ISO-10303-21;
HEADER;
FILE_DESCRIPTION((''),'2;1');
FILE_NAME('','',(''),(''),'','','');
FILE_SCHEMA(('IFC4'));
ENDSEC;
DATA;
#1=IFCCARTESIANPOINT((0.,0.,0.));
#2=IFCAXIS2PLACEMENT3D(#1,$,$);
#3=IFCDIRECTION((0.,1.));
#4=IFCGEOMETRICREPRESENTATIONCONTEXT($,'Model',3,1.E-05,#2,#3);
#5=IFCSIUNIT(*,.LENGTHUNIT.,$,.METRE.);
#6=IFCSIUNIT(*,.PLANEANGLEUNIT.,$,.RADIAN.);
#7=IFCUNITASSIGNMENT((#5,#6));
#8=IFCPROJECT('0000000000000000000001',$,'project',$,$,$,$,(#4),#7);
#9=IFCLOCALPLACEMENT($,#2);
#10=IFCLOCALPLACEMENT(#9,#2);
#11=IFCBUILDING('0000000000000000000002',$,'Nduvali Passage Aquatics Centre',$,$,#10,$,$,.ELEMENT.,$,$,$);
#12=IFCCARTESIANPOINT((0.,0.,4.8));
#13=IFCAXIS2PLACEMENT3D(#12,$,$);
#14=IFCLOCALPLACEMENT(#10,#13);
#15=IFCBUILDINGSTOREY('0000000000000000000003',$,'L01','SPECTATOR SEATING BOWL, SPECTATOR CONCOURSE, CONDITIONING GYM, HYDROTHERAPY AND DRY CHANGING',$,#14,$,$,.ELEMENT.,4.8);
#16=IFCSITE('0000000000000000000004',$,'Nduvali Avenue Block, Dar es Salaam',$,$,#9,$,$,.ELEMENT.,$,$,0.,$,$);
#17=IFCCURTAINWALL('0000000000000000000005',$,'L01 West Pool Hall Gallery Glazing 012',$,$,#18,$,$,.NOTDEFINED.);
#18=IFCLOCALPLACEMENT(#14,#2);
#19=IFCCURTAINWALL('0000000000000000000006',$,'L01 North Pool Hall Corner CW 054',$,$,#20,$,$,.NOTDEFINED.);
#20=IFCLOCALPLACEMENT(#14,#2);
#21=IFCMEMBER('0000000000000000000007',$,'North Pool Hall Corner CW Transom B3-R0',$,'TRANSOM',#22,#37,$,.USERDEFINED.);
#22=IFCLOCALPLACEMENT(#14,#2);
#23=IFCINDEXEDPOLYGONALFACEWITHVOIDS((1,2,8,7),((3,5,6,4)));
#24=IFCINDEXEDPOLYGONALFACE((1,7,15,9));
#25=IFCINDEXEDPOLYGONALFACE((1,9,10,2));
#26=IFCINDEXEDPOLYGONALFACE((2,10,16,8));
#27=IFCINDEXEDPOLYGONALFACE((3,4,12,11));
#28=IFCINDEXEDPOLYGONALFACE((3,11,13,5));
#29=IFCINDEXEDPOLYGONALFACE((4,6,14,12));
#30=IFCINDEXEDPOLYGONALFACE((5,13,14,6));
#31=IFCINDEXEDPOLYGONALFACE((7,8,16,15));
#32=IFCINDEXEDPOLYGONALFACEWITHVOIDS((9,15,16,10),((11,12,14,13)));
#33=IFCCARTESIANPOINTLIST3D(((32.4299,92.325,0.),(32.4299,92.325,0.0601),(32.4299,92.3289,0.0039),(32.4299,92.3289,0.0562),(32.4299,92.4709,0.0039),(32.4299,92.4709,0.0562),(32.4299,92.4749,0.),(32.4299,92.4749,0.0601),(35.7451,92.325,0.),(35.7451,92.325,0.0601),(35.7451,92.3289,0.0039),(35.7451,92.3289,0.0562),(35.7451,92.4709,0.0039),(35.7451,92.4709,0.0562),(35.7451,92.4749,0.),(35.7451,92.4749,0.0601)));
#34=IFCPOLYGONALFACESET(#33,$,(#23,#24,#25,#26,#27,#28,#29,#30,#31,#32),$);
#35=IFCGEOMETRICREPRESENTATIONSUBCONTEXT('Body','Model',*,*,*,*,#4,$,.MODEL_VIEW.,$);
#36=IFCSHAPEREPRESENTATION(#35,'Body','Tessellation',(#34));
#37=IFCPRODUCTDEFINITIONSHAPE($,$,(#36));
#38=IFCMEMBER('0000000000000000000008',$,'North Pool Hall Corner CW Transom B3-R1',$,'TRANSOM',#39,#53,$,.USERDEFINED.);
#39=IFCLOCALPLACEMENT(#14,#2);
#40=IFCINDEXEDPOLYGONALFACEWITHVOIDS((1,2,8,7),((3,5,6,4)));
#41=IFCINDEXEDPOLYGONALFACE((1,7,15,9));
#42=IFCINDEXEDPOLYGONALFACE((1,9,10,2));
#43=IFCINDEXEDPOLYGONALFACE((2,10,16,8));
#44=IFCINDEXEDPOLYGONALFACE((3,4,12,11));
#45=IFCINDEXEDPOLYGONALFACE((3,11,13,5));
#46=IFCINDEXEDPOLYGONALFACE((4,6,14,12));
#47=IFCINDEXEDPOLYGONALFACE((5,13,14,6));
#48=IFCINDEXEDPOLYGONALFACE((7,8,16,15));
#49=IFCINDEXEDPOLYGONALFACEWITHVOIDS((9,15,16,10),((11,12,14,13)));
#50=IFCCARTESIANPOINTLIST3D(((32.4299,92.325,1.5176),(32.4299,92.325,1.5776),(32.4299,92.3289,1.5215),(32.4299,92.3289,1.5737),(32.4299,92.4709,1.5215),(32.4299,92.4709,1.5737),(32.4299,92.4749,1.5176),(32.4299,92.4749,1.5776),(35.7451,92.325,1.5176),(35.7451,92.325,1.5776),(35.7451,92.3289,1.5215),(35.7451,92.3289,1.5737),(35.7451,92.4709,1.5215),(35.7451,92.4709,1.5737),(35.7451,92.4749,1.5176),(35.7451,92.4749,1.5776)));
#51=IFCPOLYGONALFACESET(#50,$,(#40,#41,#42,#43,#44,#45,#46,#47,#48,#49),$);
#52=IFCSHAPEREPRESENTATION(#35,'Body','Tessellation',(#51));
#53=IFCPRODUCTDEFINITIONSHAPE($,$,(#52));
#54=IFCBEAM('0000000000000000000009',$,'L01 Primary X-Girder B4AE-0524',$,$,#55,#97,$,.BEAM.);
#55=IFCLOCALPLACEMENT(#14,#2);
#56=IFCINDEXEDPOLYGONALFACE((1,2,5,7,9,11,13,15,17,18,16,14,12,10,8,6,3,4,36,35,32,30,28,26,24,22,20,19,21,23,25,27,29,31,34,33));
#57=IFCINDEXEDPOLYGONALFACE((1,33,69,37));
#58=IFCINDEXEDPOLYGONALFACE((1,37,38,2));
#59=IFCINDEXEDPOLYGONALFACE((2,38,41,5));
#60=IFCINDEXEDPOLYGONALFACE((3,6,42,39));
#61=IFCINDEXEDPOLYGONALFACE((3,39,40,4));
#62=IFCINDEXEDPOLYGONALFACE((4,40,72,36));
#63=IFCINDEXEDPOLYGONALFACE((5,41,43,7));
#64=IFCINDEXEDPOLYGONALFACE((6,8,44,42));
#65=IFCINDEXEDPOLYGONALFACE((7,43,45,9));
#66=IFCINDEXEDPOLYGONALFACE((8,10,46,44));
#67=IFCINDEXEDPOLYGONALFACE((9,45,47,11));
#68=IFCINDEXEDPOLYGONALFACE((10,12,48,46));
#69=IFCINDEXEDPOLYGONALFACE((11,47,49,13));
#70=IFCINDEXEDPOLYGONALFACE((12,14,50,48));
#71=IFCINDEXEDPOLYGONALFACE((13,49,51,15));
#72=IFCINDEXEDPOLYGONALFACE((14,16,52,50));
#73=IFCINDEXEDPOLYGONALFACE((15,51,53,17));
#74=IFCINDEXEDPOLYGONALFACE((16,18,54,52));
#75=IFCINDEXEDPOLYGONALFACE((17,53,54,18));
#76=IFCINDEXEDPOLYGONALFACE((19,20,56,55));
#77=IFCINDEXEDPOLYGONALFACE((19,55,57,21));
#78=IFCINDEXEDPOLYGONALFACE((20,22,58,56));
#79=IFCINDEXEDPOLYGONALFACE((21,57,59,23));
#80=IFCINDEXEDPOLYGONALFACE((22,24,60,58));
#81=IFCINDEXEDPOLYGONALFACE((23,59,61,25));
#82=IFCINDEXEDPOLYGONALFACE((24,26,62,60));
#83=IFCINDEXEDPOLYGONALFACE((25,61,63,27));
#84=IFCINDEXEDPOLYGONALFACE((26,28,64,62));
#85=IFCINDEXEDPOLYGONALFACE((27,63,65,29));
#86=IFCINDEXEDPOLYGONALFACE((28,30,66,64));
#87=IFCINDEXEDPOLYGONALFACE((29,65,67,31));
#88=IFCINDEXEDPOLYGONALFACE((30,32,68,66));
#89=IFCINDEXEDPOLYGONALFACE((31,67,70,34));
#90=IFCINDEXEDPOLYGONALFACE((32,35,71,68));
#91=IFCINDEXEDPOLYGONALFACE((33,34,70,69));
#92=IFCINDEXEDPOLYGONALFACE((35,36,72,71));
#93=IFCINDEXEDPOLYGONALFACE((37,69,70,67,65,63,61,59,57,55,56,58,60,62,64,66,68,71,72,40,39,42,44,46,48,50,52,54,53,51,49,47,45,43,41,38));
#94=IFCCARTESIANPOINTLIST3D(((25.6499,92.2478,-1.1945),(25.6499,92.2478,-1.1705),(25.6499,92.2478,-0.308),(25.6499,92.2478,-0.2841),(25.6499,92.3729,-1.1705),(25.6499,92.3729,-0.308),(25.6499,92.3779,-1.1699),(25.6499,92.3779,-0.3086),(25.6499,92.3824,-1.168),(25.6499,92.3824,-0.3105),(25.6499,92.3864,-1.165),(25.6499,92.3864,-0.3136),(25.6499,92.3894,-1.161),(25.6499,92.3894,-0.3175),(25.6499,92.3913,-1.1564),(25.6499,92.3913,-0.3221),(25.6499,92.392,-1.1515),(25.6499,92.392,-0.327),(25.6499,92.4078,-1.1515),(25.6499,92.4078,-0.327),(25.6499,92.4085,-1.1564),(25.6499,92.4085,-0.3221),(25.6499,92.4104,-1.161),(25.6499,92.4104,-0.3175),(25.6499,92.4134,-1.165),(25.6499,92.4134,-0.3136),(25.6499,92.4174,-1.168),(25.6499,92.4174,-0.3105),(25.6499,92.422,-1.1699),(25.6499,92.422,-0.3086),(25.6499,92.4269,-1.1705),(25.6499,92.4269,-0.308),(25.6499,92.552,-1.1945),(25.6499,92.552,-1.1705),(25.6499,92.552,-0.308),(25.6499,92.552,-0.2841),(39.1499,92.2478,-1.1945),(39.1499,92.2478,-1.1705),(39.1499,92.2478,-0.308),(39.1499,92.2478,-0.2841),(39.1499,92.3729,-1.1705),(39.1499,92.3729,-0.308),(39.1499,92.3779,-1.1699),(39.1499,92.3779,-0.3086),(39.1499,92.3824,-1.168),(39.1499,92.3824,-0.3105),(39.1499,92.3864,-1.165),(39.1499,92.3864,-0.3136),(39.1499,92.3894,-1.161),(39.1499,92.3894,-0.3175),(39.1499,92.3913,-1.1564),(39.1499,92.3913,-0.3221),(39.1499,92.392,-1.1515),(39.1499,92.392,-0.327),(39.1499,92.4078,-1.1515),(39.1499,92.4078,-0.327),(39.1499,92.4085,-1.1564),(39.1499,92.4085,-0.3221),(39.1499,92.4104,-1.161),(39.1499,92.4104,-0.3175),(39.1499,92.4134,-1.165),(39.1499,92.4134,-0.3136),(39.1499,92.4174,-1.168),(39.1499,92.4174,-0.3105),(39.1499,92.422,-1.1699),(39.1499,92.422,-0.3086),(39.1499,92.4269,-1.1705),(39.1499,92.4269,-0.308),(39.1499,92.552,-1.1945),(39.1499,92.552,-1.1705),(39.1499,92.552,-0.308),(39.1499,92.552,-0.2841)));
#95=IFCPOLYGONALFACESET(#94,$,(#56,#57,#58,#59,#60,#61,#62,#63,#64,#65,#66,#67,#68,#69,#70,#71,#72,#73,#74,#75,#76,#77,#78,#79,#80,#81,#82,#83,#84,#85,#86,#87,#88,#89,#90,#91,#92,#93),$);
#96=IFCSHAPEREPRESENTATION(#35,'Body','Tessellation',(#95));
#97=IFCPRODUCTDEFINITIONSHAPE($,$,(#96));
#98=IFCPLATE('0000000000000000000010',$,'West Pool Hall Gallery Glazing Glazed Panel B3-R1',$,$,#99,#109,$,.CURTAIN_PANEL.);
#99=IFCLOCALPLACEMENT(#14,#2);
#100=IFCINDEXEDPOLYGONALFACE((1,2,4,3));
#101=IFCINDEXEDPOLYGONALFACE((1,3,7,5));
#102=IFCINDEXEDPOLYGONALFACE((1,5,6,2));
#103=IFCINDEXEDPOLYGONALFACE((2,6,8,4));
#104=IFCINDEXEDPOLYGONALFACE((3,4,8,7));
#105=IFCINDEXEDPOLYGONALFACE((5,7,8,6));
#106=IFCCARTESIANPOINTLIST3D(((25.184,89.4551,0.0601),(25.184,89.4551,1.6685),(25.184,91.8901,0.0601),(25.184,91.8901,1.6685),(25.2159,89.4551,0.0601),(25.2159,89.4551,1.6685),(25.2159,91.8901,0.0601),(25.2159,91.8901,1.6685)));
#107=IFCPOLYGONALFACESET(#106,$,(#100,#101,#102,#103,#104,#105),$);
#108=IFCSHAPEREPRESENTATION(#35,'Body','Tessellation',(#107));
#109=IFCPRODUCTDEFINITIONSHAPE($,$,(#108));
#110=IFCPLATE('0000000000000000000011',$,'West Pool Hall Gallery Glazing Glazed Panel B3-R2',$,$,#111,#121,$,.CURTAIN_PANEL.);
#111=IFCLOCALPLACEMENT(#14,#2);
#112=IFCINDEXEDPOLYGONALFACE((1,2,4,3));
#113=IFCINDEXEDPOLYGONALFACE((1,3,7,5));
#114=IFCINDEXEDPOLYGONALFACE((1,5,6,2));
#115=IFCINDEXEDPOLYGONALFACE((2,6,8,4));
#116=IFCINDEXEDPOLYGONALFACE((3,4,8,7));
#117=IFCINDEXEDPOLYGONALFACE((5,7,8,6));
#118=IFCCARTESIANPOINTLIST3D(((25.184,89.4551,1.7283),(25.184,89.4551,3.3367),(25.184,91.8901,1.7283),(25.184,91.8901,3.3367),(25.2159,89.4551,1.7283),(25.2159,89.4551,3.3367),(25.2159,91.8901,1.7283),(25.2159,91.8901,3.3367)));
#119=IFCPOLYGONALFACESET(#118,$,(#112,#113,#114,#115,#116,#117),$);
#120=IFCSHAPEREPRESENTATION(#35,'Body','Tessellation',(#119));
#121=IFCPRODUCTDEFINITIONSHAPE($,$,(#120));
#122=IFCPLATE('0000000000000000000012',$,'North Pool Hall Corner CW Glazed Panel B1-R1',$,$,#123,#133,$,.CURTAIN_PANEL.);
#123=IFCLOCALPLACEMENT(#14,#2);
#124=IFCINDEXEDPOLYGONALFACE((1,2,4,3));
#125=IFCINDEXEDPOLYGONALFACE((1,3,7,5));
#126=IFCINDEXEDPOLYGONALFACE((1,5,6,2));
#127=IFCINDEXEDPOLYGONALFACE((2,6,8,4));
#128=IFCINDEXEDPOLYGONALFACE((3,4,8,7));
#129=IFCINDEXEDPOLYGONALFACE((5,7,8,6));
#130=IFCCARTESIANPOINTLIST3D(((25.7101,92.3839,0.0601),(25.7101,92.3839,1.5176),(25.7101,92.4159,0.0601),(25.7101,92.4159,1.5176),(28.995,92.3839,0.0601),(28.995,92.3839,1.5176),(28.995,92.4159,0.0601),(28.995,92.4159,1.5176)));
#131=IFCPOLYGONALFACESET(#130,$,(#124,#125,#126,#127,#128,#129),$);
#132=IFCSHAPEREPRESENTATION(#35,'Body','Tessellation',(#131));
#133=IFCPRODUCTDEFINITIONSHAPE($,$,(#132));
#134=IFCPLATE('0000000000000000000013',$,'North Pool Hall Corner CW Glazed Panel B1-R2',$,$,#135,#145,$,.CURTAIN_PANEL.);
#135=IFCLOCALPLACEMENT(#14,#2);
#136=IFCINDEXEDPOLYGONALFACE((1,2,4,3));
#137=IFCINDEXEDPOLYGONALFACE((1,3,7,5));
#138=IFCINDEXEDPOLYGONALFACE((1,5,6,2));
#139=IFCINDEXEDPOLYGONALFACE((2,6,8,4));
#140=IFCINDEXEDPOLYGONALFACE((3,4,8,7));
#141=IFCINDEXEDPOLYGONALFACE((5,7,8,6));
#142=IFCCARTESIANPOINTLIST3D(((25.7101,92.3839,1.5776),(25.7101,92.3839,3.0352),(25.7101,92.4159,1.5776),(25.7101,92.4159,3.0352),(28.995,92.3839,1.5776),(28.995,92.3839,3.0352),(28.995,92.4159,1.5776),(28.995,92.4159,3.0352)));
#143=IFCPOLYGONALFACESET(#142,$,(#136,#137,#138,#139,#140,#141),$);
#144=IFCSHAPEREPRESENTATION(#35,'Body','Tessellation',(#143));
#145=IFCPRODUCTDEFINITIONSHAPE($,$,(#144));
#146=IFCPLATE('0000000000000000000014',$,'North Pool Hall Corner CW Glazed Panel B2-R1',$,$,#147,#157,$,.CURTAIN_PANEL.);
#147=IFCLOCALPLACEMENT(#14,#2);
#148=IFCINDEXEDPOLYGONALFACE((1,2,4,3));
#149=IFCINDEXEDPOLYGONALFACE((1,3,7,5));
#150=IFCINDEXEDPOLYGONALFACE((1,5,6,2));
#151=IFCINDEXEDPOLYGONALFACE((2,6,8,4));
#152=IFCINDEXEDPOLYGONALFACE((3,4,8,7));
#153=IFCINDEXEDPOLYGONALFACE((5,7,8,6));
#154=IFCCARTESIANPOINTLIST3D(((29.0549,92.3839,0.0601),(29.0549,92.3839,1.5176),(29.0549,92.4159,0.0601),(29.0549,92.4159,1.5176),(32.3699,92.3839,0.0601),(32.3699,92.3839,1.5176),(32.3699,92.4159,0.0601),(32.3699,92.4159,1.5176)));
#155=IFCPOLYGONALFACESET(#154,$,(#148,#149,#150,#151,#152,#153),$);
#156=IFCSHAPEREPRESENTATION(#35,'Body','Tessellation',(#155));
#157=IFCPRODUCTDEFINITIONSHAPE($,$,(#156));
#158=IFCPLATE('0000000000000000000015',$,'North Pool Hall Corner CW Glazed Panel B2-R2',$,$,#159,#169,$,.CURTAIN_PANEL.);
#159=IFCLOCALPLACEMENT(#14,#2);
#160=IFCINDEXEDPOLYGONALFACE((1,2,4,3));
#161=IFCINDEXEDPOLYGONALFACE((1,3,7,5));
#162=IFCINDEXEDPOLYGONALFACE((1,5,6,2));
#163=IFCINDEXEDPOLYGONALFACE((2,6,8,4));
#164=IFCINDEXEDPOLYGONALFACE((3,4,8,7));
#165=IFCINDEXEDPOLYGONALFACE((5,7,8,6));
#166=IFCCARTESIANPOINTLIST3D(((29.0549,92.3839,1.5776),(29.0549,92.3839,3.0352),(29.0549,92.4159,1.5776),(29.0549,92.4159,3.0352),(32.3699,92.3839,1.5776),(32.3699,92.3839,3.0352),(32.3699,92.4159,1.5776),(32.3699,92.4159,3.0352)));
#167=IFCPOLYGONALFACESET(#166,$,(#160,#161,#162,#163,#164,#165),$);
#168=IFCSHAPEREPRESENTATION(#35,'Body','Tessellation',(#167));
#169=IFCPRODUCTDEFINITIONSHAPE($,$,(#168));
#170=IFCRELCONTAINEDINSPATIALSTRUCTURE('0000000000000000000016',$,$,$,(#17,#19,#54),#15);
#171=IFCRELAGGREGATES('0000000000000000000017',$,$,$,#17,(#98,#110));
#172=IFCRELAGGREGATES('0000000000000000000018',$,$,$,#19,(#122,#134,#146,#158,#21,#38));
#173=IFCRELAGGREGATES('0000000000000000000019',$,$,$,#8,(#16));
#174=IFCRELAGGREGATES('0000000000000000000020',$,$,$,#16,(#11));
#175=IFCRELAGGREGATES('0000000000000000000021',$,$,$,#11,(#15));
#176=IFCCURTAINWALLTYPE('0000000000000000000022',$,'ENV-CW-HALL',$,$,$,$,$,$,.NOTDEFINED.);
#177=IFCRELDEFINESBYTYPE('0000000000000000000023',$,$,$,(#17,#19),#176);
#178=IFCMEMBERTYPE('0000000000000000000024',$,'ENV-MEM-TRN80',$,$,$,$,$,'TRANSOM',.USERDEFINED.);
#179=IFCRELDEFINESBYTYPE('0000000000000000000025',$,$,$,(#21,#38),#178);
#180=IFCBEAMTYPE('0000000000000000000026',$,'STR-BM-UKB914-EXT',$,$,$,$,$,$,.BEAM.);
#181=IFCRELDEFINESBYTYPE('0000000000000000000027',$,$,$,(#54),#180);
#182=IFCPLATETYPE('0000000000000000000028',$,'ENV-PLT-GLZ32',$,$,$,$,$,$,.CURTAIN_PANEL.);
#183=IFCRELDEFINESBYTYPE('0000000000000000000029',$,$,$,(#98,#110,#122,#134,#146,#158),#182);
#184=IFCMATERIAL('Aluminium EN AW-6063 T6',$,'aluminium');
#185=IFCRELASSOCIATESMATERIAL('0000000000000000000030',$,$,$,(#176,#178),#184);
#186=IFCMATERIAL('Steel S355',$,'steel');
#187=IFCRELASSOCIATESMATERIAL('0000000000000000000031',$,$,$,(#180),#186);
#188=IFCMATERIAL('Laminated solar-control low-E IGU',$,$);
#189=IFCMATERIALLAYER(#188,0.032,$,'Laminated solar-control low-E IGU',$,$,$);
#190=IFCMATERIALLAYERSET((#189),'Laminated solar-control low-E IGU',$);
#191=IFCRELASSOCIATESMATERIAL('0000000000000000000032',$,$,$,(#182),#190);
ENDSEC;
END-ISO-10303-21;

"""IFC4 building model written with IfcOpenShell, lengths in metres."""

from ifc_helpers import new_model, si_unit, direction, frame, origin, origin_2d, place, context, subcontext, project, spatial, rectangle, hollow_rectangle, i_section, extrude, material, layer, layer_set, material_profile, profile_set, type_object, element, aggregate, save


model = new_model("IFC4")

# Units and contexts
model_context = context("Model", 3, precision=1e-05, world=origin(), true_north=direction((0.0, 1.0)))
body_context = subcontext(model_context, "Body", "Model", "MODEL_VIEW")
ifc_project = project(units=[si_unit("LENGTHUNIT", "METRE"), si_unit("PLANEANGLEUNIT", "RADIAN")], contexts=[model_context])

# Site, building, storey
site_placement = place(None, origin())
site = spatial("IfcSite", under=ifc_project, at=site_placement, Name="Nduvali Avenue Block, Dar es Salaam", CompositionType="ELEMENT", RefElevation=0.0)
building_placement = place(site_placement, origin())
building = spatial("IfcBuilding", under=site, at=building_placement, Name="Nduvali Passage Aquatics Centre", CompositionType="ELEMENT")
storey_placement = place(building_placement, frame((0.0, 0.0, 4.8)))
storey = spatial("IfcBuildingStorey", under=building, at=storey_placement, Name="L01", Description="SPECTATOR SEATING BOWL, SPECTATOR CONCOURSE, CONDITIONING GYM, HYDROTHERAPY AND DRY CHANGING", CompositionType="ELEMENT", Elevation=4.8)

# Curtain wall
ifc_material_1 = material(Name="Aluminium EN AW-6063 T6", Category="aluminium")
curtain_wall_type = type_object("IfcCurtainWallType", Name="ENV-CW-HALL", PredefinedType="NOTDEFINED", material=ifc_material_1)
curtain_wall_1_placement = place(storey_placement, origin())
curtain_wall_1 = element("IfcCurtainWall", 1, at=curtain_wall_1_placement, inside=storey, type_object=curtain_wall_type, Name="L01 West Pool Hall Gallery Glazing 012", PredefinedType="NOTDEFINED")

# Curtain wall, members
curtain_wall_2_placement = place(storey_placement, origin())
curtain_wall_2 = element("IfcCurtainWall", 2, at=curtain_wall_2_placement, inside=storey, type_object=curtain_wall_type, Name="L01 North Pool Hall Corner CW 054", PredefinedType="NOTDEFINED")
ifc_material_profile_1 = material_profile(ifc_material_1, hollow_rectangle(XDim=0.1499, YDim=0.0601, WallThickness=0.0039, at=origin_2d()), Name="ALU TRANSOM 150x60x4")
ifc_profile_set_1 = profile_set([ifc_material_profile_1], Name="Aluminium EN AW-6063 T6")
member_type_1 = type_object("IfcMemberType", Name="ENV-MEM-TRN80", ElementType="TRANSOM", PredefinedType="USERDEFINED", material=ifc_profile_set_1)
member_1_placement = place(storey_placement, frame((32.4299, 92.3999, 0.03), z_axis=(1.0, 0.0, 0.0), x_axis=(0.0, 1.0, 0.0)))
member_1 = element("IfcMember", 3, at=member_1_placement, type_object=member_type_1, Name="North Pool Hall Corner CW Transom B3-R0", ObjectType="TRANSOM", PredefinedType="USERDEFINED", context=body_context, shape_type="SweptSolid", body=[
    extrude(hollow_rectangle(XDim=0.1499, YDim=0.0601, WallThickness=0.0039, at=origin_2d()), origin(), (0.0, 0.0, 1.0), 3.3152),
])
member_2_placement = place(storey_placement, frame((32.4299, 92.3999, 1.5476), z_axis=(1.0, 0.0, 0.0), x_axis=(0.0, 1.0, 0.0)))
member_2 = element("IfcMember", 4, at=member_2_placement, type_object=member_type_1, Name="North Pool Hall Corner CW Transom B3-R1", ObjectType="TRANSOM", PredefinedType="USERDEFINED", context=body_context, shape_type="SweptSolid", body=[
    extrude(hollow_rectangle(XDim=0.1499, YDim=0.0601, WallThickness=0.0039, at=origin_2d()), origin(), (0.0, 0.0, 1.0), 3.3152),
])

# Beam
ifc_material_2 = material(Name="Steel S355", Category="steel")
ifc_material_profile_2 = material_profile(ifc_material_2, i_section(OverallWidth=0.3042, OverallDepth=0.9104, WebThickness=0.0159, FlangeThickness=0.0239, FilletRadius=0.019, at=origin_2d()), Name="UKB 914x305x224")
ifc_profile_set_2 = profile_set([ifc_material_profile_2], Name="Steel S355")
beam_type = type_object("IfcBeamType", Name="STR-BM-UKB914-EXT", PredefinedType="BEAM", material=ifc_profile_set_2)
beam_placement = place(storey_placement, frame((25.6499, 92.3999, -0.7393), z_axis=(1.0, 0.0, 0.0), x_axis=(0.0, 1.0, 0.0)))
element("IfcBeam", 5, at=beam_placement, inside=storey, type_object=beam_type, Name="L01 Primary X-Girder B4AE-0524", PredefinedType="BEAM", context=body_context, shape_type="SweptSolid", body=[
    extrude(i_section(OverallWidth=0.3042, OverallDepth=0.9104, WebThickness=0.0159, FlangeThickness=0.0239, FilletRadius=0.019, at=origin_2d()), origin(), (0.0, 0.0, 1.0), 13.5),
])

# Plates
ifc_material_3 = material(Name="Laminated solar-control low-E IGU")
ifc_layer_1 = layer(ifc_material_3, 0.032, Name="Laminated solar-control low-E IGU")
ifc_layer_set_1 = layer_set([ifc_layer_1], Name="Laminated solar-control low-E IGU")
plate_type = type_object("IfcPlateType", Name="ENV-PLT-GLZ32", PredefinedType="CURTAIN_PANEL", material=ifc_layer_set_1)
plate_1_placement = place(storey_placement, frame((25.2, 90.6726, 0.0601), z_axis=(0.0, 0.0, 1.0), x_axis=(0.0, 1.0, 0.0)))
plate_1 = element("IfcPlate", 6, at=plate_1_placement, type_object=plate_type, Name="West Pool Hall Gallery Glazing Glazed Panel B3-R1", PredefinedType="CURTAIN_PANEL", context=body_context, shape_type="SweptSolid", body=[
    extrude(rectangle(XDim=2.4351, YDim=0.032, at=origin_2d()), origin(), (0.0, 0.0, 1.0), 1.6084),
])
plate_2_placement = place(storey_placement, frame((25.2, 90.6726, 1.7283), z_axis=(0.0, 0.0, 1.0), x_axis=(0.0, 1.0, 0.0)))
plate_2 = element("IfcPlate", 7, at=plate_2_placement, type_object=plate_type, Name="West Pool Hall Gallery Glazing Glazed Panel B3-R2", PredefinedType="CURTAIN_PANEL", context=body_context, shape_type="SweptSolid", body=[
    extrude(rectangle(XDim=2.4351, YDim=0.032, at=origin_2d()), origin(), (0.0, 0.0, 1.0), 1.6084),
])
aggregate(curtain_wall_1, [plate_1, plate_2])
plate_3_placement = place(storey_placement, frame((27.3525, 92.3999, 0.0601), z_axis=(0.0, 0.0, 1.0), x_axis=(1.0, 0.0, 0.0)))
plate_3 = element("IfcPlate", 8, at=plate_3_placement, type_object=plate_type, Name="North Pool Hall Corner CW Glazed Panel B1-R1", PredefinedType="CURTAIN_PANEL", context=body_context, shape_type="SweptSolid", body=[
    extrude(rectangle(XDim=3.2849, YDim=0.032, at=origin_2d()), origin(), (0.0, 0.0, 1.0), 1.4575),
])
plate_4_placement = place(storey_placement, frame((27.3525, 92.3999, 1.5776), z_axis=(0.0, 0.0, 1.0), x_axis=(1.0, 0.0, 0.0)))
plate_4 = element("IfcPlate", 9, at=plate_4_placement, type_object=plate_type, Name="North Pool Hall Corner CW Glazed Panel B1-R2", PredefinedType="CURTAIN_PANEL", context=body_context, shape_type="SweptSolid", body=[
    extrude(rectangle(XDim=3.2849, YDim=0.032, at=origin_2d()), origin(), (0.0, 0.0, 1.0), 1.4575),
])
plate_5_placement = place(storey_placement, frame((30.7124, 92.3999, 0.0601), z_axis=(0.0, 0.0, 1.0), x_axis=(1.0, 0.0, 0.0)))
plate_5 = element("IfcPlate", 10, at=plate_5_placement, type_object=plate_type, Name="North Pool Hall Corner CW Glazed Panel B2-R1", PredefinedType="CURTAIN_PANEL", context=body_context, shape_type="SweptSolid", body=[
    extrude(rectangle(XDim=3.3149, YDim=0.032, at=origin_2d()), origin(), (0.0, 0.0, 1.0), 1.4575),
])
plate_6_placement = place(storey_placement, frame((30.7124, 92.3999, 1.5776), z_axis=(0.0, 0.0, 1.0), x_axis=(1.0, 0.0, 0.0)))
plate_6 = element("IfcPlate", 11, at=plate_6_placement, type_object=plate_type, Name="North Pool Hall Corner CW Glazed Panel B2-R2", PredefinedType="CURTAIN_PANEL", context=body_context, shape_type="SweptSolid", body=[
    extrude(rectangle(XDim=3.3149, YDim=0.032, at=origin_2d()), origin(), (0.0, 0.0, 1.0), 1.4575),
])
aggregate(curtain_wall_2, [plate_3, plate_4, plate_5, plate_6, member_1, member_2])

save(model, "model.ifc")
